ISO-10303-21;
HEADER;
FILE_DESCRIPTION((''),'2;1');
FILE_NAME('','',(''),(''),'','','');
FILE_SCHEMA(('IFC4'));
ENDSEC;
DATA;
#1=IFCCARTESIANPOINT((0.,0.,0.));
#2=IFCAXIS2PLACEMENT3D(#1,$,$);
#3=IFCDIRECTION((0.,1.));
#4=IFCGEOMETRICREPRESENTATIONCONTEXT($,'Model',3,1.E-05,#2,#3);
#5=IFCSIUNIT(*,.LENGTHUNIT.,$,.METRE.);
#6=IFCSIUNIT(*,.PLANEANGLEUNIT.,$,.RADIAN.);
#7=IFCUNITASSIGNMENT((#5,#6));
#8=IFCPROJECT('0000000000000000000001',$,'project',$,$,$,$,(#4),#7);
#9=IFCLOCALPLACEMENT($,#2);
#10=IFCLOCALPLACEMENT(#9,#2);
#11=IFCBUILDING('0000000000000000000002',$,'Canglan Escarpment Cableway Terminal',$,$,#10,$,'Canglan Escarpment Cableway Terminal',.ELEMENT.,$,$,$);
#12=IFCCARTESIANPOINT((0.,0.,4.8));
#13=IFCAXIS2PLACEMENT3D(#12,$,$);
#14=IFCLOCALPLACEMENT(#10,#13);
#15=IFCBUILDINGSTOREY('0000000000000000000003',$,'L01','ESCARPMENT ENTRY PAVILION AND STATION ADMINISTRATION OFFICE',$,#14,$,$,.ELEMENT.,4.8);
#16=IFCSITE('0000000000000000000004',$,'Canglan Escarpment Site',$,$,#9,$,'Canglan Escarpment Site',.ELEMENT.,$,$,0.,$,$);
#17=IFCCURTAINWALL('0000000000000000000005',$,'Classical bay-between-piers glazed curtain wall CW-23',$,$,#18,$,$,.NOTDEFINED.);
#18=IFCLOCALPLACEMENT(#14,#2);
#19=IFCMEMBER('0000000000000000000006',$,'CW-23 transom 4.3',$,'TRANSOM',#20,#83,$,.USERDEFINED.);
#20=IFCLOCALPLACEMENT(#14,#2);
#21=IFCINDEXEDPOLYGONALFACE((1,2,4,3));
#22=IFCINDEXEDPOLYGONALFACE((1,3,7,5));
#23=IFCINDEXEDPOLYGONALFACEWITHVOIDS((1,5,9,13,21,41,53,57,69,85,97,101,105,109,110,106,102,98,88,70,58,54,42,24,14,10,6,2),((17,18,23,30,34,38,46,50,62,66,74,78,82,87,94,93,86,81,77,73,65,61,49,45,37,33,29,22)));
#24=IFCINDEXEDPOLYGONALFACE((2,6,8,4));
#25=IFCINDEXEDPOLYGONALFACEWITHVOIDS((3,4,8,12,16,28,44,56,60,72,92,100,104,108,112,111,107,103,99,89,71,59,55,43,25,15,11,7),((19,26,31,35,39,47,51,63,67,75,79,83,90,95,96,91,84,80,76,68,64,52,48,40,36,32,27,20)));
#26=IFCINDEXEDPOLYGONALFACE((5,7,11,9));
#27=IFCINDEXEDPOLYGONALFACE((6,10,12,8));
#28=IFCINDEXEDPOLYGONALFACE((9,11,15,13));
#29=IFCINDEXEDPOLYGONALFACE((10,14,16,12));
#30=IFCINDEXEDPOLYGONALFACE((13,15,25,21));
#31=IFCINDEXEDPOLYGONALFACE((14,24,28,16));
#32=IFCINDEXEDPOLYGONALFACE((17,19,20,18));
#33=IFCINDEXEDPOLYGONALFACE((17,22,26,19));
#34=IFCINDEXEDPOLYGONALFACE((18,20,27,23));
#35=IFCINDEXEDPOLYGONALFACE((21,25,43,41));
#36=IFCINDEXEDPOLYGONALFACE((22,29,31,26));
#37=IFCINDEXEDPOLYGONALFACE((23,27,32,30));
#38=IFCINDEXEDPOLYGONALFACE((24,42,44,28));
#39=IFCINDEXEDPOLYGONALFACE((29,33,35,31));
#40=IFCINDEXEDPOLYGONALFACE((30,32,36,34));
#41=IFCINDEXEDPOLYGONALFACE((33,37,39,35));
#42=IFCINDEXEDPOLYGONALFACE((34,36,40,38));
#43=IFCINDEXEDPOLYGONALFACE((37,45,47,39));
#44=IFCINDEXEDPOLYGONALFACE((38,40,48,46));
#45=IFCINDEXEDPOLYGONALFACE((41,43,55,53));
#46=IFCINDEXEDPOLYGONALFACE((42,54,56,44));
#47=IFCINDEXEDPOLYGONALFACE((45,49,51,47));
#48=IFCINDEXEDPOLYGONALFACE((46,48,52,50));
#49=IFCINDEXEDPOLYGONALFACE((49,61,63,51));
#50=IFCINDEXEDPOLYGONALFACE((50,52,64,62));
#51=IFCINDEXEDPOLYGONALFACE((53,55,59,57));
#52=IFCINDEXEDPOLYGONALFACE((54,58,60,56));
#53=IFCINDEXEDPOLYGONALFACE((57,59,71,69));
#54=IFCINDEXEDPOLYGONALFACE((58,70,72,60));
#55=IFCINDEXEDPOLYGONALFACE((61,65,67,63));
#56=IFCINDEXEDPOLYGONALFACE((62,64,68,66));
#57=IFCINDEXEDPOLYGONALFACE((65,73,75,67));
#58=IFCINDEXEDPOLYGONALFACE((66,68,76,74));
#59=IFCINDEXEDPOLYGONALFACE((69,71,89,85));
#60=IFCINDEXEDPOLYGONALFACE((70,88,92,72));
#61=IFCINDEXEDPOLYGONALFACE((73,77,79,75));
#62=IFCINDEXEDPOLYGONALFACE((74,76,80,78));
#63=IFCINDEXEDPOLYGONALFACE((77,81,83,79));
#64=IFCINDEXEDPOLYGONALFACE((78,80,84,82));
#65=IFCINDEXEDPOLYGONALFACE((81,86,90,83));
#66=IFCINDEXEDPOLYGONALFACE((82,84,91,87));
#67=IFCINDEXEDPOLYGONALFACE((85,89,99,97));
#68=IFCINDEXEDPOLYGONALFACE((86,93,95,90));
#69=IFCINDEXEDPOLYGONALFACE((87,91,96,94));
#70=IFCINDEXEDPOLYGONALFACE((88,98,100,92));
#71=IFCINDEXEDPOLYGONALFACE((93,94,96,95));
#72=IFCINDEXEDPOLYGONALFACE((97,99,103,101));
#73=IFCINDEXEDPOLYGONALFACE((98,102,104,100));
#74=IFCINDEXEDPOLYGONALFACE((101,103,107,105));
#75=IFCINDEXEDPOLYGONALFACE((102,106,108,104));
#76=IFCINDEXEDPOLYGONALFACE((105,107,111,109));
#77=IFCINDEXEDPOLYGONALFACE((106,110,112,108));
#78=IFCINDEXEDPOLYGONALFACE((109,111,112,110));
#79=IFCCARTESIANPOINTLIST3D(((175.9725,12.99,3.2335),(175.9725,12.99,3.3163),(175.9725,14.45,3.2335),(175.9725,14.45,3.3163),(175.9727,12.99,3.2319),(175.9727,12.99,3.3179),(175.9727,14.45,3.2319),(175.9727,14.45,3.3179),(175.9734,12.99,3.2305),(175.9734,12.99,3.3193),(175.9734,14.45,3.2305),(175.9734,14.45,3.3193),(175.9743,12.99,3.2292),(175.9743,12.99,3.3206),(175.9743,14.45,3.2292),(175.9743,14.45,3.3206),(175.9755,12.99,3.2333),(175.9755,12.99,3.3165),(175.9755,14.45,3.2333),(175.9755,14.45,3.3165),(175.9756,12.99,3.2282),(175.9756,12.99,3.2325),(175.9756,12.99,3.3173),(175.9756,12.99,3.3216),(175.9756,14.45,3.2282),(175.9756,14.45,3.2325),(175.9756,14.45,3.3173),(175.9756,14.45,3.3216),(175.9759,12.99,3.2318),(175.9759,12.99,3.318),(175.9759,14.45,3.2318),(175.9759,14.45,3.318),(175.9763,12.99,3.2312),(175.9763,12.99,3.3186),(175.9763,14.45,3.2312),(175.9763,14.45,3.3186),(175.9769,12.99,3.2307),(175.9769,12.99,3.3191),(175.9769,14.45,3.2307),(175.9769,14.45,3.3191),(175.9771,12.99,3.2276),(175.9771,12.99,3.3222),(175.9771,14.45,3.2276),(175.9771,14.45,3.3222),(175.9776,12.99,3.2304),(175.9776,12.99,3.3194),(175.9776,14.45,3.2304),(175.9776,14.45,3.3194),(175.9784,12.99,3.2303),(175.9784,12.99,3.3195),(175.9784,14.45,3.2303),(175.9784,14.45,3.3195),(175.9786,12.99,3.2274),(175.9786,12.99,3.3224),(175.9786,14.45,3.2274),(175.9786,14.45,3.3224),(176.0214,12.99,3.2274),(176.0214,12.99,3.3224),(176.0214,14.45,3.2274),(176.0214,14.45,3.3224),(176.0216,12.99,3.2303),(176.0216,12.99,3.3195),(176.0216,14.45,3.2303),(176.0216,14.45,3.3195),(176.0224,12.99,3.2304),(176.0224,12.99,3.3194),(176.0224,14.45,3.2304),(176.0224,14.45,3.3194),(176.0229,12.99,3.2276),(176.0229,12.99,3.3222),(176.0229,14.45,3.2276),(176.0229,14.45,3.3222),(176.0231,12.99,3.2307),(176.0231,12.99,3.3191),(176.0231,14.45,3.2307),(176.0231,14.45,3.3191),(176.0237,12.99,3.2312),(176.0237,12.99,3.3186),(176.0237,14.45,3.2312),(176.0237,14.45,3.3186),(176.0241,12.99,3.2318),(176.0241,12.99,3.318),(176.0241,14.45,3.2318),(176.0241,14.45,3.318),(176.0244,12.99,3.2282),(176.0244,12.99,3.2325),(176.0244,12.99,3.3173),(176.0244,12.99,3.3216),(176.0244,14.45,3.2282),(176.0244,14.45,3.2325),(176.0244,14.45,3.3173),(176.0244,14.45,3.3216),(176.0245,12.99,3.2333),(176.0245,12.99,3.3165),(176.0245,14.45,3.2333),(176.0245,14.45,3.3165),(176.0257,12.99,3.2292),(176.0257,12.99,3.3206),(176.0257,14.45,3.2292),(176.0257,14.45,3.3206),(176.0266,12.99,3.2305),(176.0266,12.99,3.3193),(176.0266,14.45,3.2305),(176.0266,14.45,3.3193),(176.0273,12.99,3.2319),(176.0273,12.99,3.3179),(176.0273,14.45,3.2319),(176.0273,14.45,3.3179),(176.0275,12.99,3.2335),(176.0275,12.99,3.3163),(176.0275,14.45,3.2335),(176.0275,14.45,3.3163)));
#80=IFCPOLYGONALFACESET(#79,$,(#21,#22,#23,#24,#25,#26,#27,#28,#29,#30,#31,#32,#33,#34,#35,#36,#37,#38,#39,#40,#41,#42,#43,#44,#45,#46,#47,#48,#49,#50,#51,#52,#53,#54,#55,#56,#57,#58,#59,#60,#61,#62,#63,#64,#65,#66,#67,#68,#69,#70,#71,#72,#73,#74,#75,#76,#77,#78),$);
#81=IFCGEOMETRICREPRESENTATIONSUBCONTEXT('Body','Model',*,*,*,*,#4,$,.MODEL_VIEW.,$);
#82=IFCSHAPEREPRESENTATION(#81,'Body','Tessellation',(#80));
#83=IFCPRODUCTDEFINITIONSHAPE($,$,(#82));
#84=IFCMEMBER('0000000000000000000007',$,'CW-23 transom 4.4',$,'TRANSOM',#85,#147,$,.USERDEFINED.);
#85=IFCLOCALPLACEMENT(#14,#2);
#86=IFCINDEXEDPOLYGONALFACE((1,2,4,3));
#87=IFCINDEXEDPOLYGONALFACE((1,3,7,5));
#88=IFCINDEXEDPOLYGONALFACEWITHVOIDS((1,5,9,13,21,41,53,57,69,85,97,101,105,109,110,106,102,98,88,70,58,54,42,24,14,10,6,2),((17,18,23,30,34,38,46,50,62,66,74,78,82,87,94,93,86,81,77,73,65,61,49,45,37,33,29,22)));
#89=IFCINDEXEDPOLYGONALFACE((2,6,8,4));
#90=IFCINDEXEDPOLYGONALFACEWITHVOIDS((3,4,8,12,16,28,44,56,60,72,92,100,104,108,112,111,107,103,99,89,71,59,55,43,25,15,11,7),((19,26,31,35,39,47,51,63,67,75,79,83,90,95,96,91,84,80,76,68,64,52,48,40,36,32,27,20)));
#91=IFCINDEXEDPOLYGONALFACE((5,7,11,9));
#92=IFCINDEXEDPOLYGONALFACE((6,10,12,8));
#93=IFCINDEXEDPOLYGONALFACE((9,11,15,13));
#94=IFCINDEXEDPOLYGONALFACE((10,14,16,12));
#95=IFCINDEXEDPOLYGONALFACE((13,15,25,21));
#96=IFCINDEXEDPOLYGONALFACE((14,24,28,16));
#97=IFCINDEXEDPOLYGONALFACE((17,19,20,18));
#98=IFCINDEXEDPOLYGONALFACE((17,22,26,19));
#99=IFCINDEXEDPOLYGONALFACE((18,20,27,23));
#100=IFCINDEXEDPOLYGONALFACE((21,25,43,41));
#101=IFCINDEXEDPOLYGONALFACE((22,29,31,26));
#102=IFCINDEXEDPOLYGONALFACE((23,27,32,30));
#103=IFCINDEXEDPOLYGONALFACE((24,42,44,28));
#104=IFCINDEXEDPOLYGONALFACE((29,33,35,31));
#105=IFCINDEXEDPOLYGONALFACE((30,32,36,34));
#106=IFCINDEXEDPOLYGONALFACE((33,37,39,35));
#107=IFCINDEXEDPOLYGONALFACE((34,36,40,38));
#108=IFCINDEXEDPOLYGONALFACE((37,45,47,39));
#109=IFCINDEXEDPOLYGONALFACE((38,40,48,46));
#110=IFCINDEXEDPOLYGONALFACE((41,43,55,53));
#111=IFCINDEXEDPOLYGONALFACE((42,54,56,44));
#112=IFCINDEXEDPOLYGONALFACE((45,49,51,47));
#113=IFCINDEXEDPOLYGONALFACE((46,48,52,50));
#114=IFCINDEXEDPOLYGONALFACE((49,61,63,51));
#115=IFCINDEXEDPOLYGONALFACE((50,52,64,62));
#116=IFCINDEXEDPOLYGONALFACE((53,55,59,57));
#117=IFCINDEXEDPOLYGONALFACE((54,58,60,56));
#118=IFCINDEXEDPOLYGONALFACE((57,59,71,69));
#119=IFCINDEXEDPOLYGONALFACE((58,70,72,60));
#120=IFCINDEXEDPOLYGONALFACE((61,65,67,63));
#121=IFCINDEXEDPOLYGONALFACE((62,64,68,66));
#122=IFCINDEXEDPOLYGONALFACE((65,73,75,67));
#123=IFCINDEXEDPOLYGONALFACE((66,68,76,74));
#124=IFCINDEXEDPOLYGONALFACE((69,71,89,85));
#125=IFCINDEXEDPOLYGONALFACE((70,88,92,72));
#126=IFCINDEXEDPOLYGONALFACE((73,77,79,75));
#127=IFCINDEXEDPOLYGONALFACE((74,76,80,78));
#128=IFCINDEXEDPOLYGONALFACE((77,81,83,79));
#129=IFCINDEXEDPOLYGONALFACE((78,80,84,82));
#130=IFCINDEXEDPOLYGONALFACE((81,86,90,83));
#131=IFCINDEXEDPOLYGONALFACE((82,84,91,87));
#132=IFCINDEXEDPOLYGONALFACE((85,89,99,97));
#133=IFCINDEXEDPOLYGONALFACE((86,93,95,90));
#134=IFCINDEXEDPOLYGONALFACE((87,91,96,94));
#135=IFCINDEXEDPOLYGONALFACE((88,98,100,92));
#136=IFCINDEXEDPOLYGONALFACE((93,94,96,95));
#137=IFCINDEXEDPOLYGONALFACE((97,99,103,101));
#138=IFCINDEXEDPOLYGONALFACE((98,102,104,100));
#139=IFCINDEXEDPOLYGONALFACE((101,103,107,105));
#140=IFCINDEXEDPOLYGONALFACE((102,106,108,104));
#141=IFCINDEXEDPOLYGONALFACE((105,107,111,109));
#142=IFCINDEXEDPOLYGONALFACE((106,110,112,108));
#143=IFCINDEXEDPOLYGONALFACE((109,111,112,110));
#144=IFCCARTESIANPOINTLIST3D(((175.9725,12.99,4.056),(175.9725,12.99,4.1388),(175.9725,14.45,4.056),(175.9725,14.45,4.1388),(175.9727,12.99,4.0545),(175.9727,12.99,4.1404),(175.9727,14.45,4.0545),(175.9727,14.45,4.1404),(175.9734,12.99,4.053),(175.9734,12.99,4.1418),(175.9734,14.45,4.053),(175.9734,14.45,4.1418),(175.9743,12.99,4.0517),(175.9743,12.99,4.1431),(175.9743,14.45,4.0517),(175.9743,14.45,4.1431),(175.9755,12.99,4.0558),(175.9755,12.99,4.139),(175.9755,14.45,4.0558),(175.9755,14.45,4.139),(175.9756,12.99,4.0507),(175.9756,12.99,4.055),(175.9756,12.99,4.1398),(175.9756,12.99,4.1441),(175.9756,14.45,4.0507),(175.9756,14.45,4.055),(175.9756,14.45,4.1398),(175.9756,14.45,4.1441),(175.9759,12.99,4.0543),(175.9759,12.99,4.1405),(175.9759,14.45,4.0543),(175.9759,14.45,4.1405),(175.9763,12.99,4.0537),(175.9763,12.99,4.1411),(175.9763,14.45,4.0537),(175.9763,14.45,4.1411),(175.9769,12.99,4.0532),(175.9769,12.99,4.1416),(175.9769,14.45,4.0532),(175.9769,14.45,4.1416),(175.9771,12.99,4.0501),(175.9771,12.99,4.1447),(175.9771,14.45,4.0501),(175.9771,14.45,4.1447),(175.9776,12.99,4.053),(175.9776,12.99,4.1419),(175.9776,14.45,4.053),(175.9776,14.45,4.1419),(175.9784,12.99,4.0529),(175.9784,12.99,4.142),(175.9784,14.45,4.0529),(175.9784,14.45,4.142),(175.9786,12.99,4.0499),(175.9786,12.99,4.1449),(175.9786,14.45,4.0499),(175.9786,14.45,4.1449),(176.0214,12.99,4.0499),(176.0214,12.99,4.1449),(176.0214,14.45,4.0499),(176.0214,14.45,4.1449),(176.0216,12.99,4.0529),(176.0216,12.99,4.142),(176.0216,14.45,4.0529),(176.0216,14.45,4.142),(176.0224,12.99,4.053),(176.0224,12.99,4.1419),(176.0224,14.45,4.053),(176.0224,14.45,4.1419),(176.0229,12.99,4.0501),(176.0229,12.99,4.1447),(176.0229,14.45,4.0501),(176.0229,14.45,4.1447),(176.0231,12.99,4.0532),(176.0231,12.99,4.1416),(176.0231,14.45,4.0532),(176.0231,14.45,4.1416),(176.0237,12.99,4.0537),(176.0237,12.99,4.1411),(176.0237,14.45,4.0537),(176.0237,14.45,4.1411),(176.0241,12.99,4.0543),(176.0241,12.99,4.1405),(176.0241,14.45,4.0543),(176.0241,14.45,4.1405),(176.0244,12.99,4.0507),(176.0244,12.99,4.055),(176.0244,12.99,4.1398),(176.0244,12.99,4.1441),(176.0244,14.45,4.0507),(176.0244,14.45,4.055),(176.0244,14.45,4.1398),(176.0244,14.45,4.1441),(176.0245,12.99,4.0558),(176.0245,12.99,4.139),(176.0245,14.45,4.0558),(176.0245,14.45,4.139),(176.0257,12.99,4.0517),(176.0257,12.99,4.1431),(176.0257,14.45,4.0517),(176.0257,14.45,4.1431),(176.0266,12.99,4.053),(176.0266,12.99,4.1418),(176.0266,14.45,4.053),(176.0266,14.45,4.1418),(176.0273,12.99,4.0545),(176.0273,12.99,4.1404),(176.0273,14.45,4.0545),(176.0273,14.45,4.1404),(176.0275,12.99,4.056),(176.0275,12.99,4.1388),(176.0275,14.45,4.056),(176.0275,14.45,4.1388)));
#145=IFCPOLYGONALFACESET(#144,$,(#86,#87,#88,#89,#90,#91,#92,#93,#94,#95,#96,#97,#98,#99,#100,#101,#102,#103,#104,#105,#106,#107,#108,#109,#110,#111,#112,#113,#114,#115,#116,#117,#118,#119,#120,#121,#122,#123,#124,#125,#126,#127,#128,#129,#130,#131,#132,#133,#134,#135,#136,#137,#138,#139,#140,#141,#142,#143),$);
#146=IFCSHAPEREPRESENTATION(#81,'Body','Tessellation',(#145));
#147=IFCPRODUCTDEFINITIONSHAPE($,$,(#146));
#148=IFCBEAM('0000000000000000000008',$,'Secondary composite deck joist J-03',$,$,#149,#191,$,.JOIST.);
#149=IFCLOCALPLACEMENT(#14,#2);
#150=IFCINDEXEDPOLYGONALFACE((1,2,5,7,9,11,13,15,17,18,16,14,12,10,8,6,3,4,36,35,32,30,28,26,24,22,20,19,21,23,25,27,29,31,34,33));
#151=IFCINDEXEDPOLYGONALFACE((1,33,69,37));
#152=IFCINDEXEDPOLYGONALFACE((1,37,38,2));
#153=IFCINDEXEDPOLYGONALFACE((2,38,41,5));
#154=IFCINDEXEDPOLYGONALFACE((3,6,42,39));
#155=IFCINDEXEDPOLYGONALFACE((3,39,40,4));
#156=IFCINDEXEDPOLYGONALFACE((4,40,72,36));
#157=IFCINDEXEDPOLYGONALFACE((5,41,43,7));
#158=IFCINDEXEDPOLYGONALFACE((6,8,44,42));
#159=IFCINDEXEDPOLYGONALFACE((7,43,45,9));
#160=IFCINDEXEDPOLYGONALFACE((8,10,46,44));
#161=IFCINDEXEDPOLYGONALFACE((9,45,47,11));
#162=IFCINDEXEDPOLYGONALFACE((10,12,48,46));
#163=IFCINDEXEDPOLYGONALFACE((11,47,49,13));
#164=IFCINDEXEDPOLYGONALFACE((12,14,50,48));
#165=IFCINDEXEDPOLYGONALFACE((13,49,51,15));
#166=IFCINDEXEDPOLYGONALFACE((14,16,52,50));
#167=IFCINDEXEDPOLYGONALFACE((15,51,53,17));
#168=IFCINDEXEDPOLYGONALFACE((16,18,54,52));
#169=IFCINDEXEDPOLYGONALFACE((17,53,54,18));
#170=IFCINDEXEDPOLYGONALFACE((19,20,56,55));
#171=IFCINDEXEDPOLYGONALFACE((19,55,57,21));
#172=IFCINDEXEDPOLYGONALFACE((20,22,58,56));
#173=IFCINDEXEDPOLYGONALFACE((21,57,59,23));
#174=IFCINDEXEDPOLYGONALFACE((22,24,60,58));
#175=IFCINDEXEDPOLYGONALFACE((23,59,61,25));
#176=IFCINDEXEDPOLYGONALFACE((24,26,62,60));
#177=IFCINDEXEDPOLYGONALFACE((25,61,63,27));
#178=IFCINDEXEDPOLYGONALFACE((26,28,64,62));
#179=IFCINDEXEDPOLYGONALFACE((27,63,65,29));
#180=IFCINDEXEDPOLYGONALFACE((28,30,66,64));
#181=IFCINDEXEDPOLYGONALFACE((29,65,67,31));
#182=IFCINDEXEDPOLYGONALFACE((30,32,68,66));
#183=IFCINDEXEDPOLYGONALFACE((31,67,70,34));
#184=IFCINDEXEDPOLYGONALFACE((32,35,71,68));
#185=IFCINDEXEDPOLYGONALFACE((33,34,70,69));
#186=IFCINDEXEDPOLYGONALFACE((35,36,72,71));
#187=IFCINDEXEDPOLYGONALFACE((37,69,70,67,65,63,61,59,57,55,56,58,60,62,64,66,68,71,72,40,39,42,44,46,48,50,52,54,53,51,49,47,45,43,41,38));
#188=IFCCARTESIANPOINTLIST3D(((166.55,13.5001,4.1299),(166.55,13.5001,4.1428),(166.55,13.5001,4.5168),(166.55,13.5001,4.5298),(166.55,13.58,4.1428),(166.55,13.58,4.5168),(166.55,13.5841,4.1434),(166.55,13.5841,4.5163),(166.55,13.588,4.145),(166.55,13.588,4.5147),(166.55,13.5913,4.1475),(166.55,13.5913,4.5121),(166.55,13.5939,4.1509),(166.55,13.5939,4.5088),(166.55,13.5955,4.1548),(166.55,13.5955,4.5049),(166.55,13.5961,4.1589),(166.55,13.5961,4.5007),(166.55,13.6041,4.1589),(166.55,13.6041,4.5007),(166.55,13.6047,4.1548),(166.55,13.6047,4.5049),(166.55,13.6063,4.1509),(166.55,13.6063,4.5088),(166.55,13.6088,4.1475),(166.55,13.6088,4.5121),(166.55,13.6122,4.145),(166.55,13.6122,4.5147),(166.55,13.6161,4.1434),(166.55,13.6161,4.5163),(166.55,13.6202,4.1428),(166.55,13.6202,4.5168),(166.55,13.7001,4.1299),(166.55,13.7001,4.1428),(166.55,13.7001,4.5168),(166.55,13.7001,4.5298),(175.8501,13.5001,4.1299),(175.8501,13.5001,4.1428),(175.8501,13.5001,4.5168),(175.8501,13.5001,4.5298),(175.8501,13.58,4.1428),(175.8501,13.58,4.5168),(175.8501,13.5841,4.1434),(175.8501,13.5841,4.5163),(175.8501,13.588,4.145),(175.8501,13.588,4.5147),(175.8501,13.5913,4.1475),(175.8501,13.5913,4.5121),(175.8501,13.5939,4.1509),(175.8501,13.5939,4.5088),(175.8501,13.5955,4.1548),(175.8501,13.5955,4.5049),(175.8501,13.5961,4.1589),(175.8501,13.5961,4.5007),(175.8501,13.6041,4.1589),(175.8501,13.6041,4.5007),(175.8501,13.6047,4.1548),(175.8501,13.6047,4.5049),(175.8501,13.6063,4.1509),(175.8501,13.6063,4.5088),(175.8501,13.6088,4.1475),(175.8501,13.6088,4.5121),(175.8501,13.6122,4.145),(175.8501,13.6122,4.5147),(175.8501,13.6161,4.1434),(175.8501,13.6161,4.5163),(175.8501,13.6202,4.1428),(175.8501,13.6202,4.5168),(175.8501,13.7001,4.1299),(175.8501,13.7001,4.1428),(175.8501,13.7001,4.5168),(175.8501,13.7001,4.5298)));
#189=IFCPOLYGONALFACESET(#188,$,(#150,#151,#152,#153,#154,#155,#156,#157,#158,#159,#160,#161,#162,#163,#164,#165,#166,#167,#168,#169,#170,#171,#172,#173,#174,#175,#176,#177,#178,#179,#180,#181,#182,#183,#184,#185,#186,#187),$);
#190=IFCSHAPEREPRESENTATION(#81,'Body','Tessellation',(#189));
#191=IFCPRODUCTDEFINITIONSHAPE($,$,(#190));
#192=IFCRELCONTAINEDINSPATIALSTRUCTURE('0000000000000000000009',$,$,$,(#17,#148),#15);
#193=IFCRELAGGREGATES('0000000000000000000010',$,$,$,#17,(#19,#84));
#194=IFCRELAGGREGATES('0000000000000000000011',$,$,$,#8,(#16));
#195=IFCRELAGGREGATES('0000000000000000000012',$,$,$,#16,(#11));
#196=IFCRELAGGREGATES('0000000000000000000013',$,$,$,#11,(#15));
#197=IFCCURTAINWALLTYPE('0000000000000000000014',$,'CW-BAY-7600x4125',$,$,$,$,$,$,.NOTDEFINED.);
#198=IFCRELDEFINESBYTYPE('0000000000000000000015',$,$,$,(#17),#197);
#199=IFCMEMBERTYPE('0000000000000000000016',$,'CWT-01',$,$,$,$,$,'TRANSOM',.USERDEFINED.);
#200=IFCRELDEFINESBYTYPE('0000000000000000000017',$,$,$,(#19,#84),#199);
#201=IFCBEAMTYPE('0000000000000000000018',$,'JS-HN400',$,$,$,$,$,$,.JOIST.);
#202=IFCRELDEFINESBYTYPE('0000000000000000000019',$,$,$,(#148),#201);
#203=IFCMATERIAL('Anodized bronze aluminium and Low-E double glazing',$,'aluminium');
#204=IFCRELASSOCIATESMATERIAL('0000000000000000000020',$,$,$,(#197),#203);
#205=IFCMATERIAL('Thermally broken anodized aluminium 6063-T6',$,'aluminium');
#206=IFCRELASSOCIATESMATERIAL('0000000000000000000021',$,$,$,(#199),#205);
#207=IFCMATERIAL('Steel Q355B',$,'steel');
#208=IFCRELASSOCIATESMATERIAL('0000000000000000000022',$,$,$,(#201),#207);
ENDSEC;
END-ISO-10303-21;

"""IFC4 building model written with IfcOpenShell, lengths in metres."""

from ifc_helpers import new_model, si_unit, direction, frame, origin, origin_2d, place, context, subcontext, project, spatial, hollow_rectangle, i_section, extrude, material, material_profile, profile_set, type_object, element, aggregate, save


model = new_model("IFC4")

# Units and contexts
model_context = context("Model", 3, precision=1e-05, world=origin(), true_north=direction((0.0, 1.0)))
body_context = subcontext(model_context, "Body", "Model", "MODEL_VIEW")
ifc_project = project(units=[si_unit("LENGTHUNIT", "METRE"), si_unit("PLANEANGLEUNIT", "RADIAN")], contexts=[model_context])

# Site, building, storey
site_placement = place(None, origin())
site = spatial("IfcSite", under=ifc_project, at=site_placement, Name="Canglan Escarpment Site", LongName="Canglan Escarpment Site", CompositionType="ELEMENT", RefElevation=0.0)
building_placement = place(site_placement, origin())
building = spatial("IfcBuilding", under=site, at=building_placement, Name="Canglan Escarpment Cableway Terminal", LongName="Canglan Escarpment Cableway Terminal", CompositionType="ELEMENT")
storey_placement = place(building_placement, frame((0.0, 0.0, 4.8)))
storey = spatial("IfcBuildingStorey", under=building, at=storey_placement, Name="L01", Description="ESCARPMENT ENTRY PAVILION AND STATION ADMINISTRATION OFFICE", CompositionType="ELEMENT", Elevation=4.8)

# Shared definitions
ifc_material_1 = material(Name="Steel Q355B", Category="steel")

# Curtain wall, members
ifc_material_2 = material(Name="Anodized bronze aluminium and Low-E double glazing", Category="aluminium")
curtain_wall_type = type_object("IfcCurtainWallType", Name="CW-BAY-7600x4125", PredefinedType="NOTDEFINED", material=ifc_material_2)
curtain_wall_placement = place(storey_placement, origin())
curtain_wall = element("IfcCurtainWall", 1, at=curtain_wall_placement, inside=storey, type_object=curtain_wall_type, Name="Classical bay-between-piers glazed curtain wall CW-23", PredefinedType="NOTDEFINED")
ifc_material_3 = material(Name="Thermally broken anodized aluminium 6063-T6", Category="aluminium")
ifc_material_profile_1 = material_profile(ifc_material_3, hollow_rectangle(XDim=0.0549, YDim=0.095, WallThickness=0.0029, InnerFilletRadius=0.0029, OuterFilletRadius=0.0061, at=origin_2d()), Name="ALU-TRAN 55x95x3")
ifc_profile_set_1 = profile_set([ifc_material_profile_1], Name="Thermally broken anodized aluminium 6063-T6")
member_type_1 = type_object("IfcMemberType", Name="CWT-01", ElementType="TRANSOM", PredefinedType="USERDEFINED", material=ifc_profile_set_1)
member_1_placement = place(storey_placement, frame((176.0, 12.99, 3.2749), z_axis=(0.0, 1.0, 0.0), x_axis=(-1.0, 0.0, 0.0)))
member_1 = element("IfcMember", 2, at=member_1_placement, type_object=member_type_1, Name="CW-23 transom 4.3", ObjectType="TRANSOM", PredefinedType="USERDEFINED", context=body_context, shape_type="SweptSolid", body=[
    extrude(hollow_rectangle(XDim=0.0549, YDim=0.095, WallThickness=0.0029, InnerFilletRadius=0.0029, OuterFilletRadius=0.0061, at=origin_2d()), origin(), (0.0, 0.0, 1.0), 1.46),
])
member_2_placement = place(storey_placement, frame((176.0, 12.99, 4.0974), z_axis=(0.0, 1.0, 0.0), x_axis=(-1.0, 0.0, 0.0)))
member_2 = element("IfcMember", 3, at=member_2_placement, type_object=member_type_1, Name="CW-23 transom 4.4", ObjectType="TRANSOM", PredefinedType="USERDEFINED", context=body_context, shape_type="SweptSolid", body=[
    extrude(hollow_rectangle(XDim=0.0549, YDim=0.095, WallThickness=0.0029, InnerFilletRadius=0.0029, OuterFilletRadius=0.0061, at=origin_2d()), origin(), (0.0, 0.0, 1.0), 1.46),
])

# Beam
ifc_material_profile_2 = material_profile(ifc_material_1, i_section(OverallWidth=0.2, OverallDepth=0.3999, WebThickness=0.0081, FlangeThickness=0.0129, FilletRadius=0.0161, at=origin_2d()), Name="HN 400x200x8x13")
ifc_profile_set_2 = profile_set([ifc_material_profile_2], Name="Steel Q355B")
beam_type_1 = type_object("IfcBeamType", Name="JS-HN400", PredefinedType="JOIST", material=ifc_profile_set_2)
beam_1_placement = place(storey_placement, frame((166.55, 13.6001, 4.3298), z_axis=(1.0, 0.0, 0.0), x_axis=(0.0, 1.0, 0.0)))
element("IfcBeam", 4, at=beam_1_placement, inside=storey, type_object=beam_type_1, Name="Secondary composite deck joist J-03", PredefinedType="JOIST", context=body_context, shape_type="SweptSolid", body=[
    extrude(i_section(OverallWidth=0.2, OverallDepth=0.3999, WebThickness=0.0081, FlangeThickness=0.0129, FilletRadius=0.0161, at=origin_2d()), origin(), (0.0, 0.0, 1.0), 9.3),
])

aggregate(curtain_wall, [member_1, member_2])

save(model, "model.ifc")
